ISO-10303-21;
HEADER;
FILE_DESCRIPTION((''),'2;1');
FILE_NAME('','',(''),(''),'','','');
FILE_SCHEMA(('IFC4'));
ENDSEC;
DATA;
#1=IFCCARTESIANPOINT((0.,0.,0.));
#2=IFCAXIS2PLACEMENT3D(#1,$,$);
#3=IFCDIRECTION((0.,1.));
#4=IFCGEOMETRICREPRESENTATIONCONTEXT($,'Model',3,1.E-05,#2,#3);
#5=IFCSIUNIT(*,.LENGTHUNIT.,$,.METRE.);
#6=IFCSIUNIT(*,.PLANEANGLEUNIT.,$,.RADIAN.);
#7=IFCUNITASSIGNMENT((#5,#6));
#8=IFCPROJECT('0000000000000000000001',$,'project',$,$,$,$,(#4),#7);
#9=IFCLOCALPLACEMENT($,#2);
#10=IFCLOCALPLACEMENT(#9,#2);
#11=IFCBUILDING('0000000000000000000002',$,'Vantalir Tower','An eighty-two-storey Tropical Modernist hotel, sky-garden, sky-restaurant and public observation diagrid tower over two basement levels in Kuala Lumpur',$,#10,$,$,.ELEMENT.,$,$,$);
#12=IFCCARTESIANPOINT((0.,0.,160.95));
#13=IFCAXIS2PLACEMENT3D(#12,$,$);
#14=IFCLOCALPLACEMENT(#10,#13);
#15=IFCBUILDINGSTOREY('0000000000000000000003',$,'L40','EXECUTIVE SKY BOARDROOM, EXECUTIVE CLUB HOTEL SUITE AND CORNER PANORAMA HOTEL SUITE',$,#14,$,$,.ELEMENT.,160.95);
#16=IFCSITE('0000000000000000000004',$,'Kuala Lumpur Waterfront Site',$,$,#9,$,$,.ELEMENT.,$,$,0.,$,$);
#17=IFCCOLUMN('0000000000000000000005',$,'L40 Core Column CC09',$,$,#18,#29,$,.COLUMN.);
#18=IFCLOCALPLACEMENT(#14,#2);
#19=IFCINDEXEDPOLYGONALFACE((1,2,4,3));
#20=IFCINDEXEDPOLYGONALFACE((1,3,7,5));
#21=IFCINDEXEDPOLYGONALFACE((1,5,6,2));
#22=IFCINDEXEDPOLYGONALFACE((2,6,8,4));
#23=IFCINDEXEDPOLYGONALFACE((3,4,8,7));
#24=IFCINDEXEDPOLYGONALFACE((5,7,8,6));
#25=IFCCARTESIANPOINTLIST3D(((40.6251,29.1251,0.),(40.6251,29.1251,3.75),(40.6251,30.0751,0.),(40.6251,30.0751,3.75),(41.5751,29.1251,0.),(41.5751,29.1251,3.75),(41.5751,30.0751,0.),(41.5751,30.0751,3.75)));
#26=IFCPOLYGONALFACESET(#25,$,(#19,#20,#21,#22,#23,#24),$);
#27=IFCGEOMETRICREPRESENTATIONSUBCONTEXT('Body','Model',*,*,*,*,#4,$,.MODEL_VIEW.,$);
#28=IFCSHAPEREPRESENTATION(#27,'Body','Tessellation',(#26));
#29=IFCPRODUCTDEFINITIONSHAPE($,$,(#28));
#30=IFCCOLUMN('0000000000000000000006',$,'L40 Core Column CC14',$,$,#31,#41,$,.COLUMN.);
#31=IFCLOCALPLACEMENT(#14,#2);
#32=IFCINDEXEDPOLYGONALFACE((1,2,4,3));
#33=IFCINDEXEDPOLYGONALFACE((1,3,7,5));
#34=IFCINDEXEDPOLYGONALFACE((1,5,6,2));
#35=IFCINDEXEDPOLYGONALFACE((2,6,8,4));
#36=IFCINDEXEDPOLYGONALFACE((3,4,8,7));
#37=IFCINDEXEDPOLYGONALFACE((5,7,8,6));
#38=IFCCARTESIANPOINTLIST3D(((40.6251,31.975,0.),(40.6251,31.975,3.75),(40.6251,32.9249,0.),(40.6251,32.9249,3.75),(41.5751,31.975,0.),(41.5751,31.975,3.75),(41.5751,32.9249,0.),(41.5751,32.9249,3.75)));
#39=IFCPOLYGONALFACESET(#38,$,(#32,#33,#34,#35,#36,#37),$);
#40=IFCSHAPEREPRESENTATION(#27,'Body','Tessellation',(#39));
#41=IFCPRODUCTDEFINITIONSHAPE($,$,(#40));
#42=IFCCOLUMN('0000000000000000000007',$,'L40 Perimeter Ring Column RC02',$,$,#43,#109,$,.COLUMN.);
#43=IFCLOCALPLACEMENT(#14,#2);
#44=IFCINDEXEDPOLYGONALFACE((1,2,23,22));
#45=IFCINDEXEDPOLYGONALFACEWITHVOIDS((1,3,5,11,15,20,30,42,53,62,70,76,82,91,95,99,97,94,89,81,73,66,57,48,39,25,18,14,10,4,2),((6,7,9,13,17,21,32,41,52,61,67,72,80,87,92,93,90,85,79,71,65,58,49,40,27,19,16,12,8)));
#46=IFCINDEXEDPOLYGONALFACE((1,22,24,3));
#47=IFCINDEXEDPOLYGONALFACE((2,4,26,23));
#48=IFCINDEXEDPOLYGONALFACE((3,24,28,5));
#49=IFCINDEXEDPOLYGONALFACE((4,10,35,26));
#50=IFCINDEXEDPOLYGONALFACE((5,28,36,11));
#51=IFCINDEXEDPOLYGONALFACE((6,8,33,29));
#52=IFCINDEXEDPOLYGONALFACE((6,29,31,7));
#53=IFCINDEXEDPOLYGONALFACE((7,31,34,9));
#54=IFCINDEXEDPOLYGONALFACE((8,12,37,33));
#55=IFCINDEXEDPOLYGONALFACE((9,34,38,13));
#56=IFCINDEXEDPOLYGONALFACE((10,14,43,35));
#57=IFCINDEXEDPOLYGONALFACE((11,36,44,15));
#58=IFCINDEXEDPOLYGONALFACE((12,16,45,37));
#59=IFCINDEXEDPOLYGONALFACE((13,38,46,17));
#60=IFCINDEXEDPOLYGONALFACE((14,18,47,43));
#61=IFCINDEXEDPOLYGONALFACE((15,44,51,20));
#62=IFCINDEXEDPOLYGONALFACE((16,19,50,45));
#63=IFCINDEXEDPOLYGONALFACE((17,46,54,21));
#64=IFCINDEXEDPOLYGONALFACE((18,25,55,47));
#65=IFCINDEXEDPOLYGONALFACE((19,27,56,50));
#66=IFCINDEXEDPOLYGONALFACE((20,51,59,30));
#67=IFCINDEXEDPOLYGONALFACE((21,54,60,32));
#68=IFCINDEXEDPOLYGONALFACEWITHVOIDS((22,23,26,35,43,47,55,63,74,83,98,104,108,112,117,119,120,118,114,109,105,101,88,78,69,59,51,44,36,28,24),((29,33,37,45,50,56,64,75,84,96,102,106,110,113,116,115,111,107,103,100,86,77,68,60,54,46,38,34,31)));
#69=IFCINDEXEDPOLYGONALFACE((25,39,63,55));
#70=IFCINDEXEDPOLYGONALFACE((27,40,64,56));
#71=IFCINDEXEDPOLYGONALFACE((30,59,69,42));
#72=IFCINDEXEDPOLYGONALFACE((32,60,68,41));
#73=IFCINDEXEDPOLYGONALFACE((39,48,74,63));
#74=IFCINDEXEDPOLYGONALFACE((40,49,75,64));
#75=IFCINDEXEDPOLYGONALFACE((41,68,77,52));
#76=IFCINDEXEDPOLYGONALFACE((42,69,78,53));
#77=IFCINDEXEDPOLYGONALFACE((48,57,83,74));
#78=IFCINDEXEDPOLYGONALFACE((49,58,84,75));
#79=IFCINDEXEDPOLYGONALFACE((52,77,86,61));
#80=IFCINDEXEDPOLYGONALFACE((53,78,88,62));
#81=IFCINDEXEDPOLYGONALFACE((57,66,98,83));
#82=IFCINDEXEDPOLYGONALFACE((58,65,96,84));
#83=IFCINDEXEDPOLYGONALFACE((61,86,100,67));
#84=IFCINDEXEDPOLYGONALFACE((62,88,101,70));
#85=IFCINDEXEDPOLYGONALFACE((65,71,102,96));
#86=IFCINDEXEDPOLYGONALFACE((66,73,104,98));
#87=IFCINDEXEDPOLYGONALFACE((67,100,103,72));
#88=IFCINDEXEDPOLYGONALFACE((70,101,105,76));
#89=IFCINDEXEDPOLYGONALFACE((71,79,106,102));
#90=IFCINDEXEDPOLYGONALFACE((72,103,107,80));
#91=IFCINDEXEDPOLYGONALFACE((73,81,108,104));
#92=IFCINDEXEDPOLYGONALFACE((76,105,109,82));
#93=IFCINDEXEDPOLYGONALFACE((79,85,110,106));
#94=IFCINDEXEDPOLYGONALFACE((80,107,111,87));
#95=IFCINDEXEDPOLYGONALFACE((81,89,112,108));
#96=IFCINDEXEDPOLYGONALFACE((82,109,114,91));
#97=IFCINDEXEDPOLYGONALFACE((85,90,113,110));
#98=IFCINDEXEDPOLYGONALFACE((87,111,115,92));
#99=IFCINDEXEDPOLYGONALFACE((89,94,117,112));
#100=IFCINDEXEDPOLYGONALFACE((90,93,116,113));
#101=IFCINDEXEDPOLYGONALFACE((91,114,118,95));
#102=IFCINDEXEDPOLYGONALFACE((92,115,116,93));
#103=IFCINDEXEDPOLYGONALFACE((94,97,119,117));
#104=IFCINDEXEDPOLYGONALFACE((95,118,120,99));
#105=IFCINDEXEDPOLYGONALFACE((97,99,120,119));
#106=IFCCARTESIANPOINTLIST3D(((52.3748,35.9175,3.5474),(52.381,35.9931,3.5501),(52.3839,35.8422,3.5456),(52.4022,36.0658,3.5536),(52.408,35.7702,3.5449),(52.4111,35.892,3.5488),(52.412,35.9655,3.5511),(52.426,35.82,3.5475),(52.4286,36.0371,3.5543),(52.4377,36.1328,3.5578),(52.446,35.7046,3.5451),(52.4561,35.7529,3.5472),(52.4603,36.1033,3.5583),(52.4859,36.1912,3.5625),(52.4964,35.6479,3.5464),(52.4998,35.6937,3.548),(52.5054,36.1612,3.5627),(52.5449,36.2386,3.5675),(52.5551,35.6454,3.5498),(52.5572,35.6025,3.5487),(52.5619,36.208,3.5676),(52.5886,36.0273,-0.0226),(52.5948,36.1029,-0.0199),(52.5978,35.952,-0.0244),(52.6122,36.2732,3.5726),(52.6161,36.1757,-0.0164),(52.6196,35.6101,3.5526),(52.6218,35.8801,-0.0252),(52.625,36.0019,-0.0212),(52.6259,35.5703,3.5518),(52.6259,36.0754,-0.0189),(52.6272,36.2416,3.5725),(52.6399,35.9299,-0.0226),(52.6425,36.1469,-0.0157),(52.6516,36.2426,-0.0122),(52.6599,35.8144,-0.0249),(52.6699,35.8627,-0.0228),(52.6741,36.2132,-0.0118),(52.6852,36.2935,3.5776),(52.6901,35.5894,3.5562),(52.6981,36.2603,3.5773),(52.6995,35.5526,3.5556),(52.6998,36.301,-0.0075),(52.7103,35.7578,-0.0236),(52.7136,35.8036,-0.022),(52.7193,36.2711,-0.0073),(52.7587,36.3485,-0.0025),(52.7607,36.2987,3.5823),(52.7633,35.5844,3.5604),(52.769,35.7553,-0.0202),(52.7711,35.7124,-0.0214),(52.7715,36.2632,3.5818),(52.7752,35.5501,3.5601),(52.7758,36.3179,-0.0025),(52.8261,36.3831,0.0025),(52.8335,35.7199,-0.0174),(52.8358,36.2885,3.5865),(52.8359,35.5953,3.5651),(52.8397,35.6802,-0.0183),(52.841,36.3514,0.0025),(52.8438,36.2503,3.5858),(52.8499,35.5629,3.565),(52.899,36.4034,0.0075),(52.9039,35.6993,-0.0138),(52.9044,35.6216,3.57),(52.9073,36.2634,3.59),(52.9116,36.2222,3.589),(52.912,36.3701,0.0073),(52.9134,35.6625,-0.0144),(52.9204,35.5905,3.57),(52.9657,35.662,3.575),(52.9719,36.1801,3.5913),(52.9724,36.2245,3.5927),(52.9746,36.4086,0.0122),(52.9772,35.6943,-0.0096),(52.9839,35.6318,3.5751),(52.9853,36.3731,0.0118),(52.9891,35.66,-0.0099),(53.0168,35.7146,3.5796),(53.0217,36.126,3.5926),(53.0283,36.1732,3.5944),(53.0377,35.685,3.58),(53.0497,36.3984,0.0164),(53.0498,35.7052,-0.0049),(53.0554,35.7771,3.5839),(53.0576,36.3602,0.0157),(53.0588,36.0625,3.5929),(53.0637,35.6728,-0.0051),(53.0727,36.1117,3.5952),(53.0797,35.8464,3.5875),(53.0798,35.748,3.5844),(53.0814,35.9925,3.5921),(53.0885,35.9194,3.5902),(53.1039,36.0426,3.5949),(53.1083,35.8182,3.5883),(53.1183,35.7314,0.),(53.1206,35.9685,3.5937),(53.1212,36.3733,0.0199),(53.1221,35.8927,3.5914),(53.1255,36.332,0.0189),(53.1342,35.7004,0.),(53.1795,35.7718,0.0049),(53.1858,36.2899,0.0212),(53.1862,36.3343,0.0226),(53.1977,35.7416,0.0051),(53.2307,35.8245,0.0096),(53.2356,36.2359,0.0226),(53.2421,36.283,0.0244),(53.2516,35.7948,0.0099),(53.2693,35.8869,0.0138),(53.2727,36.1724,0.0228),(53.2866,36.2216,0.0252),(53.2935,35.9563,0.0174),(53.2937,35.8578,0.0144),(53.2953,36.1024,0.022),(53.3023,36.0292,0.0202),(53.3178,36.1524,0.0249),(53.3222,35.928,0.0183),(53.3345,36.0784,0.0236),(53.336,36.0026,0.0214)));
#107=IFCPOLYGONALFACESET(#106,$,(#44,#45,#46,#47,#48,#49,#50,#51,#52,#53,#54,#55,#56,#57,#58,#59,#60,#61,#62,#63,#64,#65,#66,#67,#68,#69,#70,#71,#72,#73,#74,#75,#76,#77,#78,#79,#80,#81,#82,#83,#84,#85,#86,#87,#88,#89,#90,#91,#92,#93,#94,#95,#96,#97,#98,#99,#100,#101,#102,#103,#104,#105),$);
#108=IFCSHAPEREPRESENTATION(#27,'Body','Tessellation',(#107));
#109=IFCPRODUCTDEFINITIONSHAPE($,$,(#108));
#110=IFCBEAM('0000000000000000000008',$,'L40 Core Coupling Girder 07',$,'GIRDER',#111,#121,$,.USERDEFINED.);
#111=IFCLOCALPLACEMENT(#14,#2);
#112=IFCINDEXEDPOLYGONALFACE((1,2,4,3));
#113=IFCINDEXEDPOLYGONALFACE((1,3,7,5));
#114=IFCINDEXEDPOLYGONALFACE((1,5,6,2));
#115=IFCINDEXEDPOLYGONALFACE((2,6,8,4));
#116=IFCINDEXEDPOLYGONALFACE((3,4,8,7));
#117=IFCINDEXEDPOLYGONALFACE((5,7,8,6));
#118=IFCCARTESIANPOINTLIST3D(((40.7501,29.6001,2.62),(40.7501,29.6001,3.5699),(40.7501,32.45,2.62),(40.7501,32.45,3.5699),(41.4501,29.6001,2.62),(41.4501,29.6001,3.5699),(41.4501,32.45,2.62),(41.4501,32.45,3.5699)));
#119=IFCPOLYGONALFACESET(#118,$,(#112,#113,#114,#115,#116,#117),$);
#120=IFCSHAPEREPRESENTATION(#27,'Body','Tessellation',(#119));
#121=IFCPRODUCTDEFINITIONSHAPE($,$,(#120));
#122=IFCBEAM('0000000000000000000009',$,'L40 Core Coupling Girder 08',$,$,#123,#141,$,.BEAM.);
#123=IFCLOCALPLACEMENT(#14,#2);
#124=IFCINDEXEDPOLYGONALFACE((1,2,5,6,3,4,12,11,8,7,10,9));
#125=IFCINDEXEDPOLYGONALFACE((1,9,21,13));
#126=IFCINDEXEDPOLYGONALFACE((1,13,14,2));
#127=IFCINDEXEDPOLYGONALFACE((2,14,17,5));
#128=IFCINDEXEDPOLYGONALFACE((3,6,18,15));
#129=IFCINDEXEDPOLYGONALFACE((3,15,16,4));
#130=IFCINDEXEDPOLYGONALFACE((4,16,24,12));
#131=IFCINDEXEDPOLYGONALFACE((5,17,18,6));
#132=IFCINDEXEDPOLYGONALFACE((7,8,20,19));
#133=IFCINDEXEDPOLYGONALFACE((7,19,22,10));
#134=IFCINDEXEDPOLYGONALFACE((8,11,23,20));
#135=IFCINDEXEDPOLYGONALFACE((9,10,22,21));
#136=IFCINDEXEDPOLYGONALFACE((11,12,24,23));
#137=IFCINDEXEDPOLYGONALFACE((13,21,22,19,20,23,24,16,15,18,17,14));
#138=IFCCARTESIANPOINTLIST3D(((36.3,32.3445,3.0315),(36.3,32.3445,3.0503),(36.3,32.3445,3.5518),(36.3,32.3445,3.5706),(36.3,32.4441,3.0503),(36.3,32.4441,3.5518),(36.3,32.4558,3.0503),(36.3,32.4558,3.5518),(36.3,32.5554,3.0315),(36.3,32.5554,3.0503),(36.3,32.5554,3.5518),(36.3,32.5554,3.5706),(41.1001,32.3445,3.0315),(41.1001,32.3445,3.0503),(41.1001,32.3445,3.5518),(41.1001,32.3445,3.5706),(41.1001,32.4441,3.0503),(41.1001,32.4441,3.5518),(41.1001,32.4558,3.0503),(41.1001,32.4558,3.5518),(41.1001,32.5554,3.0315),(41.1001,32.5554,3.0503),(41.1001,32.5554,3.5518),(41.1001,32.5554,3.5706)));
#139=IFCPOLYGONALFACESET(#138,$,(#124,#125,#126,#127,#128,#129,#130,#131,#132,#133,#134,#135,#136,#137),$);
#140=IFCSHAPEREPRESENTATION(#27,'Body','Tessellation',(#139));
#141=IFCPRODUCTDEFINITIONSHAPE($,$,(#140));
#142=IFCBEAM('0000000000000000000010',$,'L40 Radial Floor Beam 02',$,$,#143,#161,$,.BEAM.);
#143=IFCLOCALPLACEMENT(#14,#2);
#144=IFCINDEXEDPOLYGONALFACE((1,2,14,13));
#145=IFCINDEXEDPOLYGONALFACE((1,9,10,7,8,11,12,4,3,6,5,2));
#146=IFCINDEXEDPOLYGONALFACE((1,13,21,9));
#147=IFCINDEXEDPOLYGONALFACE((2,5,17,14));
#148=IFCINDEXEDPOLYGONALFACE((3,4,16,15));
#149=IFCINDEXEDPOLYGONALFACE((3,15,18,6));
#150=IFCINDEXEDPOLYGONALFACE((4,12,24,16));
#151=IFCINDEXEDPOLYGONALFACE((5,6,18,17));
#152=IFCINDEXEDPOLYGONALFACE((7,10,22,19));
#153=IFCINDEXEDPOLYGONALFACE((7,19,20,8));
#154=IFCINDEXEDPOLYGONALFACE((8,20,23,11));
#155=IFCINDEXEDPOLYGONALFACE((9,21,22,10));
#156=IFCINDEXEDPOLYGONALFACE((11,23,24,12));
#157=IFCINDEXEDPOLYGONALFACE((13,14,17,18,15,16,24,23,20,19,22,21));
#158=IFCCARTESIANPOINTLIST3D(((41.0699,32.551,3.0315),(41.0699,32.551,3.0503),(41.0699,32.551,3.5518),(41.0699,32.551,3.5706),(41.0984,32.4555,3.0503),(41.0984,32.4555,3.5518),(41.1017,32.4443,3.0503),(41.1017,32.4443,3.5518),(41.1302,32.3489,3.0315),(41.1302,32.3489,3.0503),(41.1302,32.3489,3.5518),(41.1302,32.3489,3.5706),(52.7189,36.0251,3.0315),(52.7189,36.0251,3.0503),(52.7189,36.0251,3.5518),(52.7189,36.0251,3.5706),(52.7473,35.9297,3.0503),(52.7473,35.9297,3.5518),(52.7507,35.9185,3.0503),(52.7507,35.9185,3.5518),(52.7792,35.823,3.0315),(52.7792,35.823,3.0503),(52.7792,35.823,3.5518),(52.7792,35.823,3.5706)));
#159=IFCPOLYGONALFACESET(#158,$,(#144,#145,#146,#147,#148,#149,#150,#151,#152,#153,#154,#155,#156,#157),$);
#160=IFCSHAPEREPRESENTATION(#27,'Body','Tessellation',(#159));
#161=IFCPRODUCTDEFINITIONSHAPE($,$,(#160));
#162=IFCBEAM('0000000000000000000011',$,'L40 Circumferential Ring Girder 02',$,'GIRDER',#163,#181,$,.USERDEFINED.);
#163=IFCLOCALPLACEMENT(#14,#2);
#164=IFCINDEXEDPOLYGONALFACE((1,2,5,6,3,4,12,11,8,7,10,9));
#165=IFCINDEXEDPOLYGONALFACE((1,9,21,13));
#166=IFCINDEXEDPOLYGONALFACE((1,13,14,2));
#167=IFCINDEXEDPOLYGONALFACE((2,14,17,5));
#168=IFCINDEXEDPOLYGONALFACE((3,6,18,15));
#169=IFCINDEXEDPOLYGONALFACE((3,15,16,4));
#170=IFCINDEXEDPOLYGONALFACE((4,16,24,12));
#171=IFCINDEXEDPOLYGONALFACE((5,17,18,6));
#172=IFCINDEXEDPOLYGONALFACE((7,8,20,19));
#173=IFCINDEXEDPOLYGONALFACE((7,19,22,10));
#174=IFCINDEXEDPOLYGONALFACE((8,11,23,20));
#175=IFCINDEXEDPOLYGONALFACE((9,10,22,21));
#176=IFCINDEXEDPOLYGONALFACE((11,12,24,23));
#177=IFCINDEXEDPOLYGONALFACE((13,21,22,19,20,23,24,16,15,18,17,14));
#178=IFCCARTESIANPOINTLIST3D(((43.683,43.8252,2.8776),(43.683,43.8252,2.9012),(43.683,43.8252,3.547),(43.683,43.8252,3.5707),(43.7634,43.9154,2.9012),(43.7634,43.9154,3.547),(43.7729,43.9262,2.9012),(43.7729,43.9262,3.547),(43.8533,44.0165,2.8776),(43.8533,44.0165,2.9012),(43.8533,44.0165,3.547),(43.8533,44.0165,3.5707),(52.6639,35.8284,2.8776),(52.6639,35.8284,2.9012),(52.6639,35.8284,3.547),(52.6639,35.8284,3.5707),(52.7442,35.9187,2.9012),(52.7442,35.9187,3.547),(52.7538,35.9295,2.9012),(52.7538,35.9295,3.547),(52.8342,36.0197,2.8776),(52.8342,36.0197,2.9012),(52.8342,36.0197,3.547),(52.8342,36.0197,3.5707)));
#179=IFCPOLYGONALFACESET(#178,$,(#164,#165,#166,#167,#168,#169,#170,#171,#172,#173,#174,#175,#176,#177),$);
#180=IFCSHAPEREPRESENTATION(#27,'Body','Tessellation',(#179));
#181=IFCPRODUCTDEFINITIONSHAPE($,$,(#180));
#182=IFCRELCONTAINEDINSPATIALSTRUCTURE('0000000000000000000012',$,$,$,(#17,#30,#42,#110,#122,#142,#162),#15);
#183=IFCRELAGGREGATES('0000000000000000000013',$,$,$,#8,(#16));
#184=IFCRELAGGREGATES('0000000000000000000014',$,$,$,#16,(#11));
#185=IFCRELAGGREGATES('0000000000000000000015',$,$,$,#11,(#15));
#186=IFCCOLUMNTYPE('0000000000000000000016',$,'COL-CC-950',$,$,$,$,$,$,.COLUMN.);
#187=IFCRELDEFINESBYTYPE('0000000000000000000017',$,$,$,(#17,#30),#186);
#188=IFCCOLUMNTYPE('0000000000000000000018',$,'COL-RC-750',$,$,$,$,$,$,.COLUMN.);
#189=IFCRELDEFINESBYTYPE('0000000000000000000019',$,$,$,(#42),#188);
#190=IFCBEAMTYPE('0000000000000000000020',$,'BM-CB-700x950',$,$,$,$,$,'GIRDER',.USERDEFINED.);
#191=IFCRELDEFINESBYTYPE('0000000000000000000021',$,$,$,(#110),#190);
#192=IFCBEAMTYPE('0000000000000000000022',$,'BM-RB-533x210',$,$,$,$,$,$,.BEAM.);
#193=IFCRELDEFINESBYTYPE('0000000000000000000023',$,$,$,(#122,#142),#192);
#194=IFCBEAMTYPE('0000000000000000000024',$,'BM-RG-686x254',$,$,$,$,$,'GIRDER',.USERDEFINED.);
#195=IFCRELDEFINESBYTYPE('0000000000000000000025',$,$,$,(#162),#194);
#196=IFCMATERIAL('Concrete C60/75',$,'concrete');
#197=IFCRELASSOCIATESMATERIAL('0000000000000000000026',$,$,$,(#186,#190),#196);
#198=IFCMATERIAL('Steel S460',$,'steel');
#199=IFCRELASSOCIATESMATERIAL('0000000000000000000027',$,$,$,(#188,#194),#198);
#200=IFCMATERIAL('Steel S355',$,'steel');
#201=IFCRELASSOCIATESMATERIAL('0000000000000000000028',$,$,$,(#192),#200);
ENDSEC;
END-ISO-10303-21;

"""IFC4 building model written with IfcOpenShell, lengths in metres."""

from ifc_helpers import new_model, si_unit, direction, frame, origin, origin_2d, place, context, subcontext, project, spatial, rectangle, hollow_circle, i_section, extrude, material, material_profile, profile_set, type_object, element, save


model = new_model("IFC4")

# Units and contexts
model_context = context("Model", 3, precision=1e-05, world=origin(), true_north=direction((0.0, 1.0)))
body_context = subcontext(model_context, "Body", "Model", "MODEL_VIEW")
ifc_project = project(units=[si_unit("LENGTHUNIT", "METRE"), si_unit("PLANEANGLEUNIT", "RADIAN")], contexts=[model_context])

# Site, building, storey
site_placement = place(None, origin())
site = spatial("IfcSite", under=ifc_project, at=site_placement, Name="Kuala Lumpur Waterfront Site", CompositionType="ELEMENT", RefElevation=0.0)
building_placement = place(site_placement, origin())
building = spatial("IfcBuilding", under=site, at=building_placement, Name="Vantalir Tower", Description="An eighty-two-storey Tropical Modernist hotel, sky-garden, sky-restaurant and public observation diagrid tower over two basement levels in Kuala Lumpur", CompositionType="ELEMENT")
storey_placement = place(building_placement, frame((0.0, 0.0, 160.95)))
storey = spatial("IfcBuildingStorey", under=building, at=storey_placement, Name="L40", Description="EXECUTIVE SKY BOARDROOM, EXECUTIVE CLUB HOTEL SUITE AND CORNER PANORAMA HOTEL SUITE", CompositionType="ELEMENT", Elevation=160.95)

# Columns
ifc_material_1 = material(Name="Concrete C60/75", Category="concrete")
ifc_material_profile_1 = material_profile(ifc_material_1, rectangle(XDim=0.95, YDim=0.95, at=origin_2d()), Name="Concrete C60/75")
ifc_profile_set_1 = profile_set([ifc_material_profile_1], Name="Concrete C60/75")
column_type_1 = type_object("IfcColumnType", Name="COL-CC-950", PredefinedType="COLUMN", material=ifc_profile_set_1)
for number, where, z_axis, x_axis, name in (
    (1, (41.1001, 29.6001, 0.0), (0.0, 0.0, 1.0), (1.0, 0.0, 0.0), "L40 Core Column CC09"),
    (2, (41.1001, 32.45, 0.0), (0.0, 0.0, 1.0), (1.0, 0.0, 0.0), "L40 Core Column CC14"),
):
    element("IfcColumn", number, at=place(storey_placement, frame(where, z_axis=z_axis, x_axis=x_axis)), inside=storey, type_object=column_type_1, Name=name, PredefinedType="COLUMN", context=body_context, shape_type="SweptSolid", body=[
        extrude(rectangle(XDim=0.95, YDim=0.95, at=origin_2d()), origin(), (0.0, 0.0, 1.0), 3.75),
    ])
ifc_material_2 = material(Name="Steel S460", Category="steel")
ifc_material_profile_2 = material_profile(ifc_material_2, hollow_circle(Radius=0.375, WallThickness=0.0349, at=origin_2d()), Name="Steel S460")
ifc_profile_set_2 = profile_set([ifc_material_profile_2], Name="Steel S460")
column_type_2 = type_object("IfcColumnType", Name="COL-RC-750", PredefinedType="COLUMN", material=ifc_profile_set_2)
column_placement = place(storey_placement, frame((52.9629, 36.0339, 0.0), z_axis=(-0.05977, -0.030704, 0.99774), x_axis=(0.456935, -0.8895, 0.0)))
element("IfcColumn", 3, at=column_placement, inside=storey, type_object=column_type_2, Name="L40 Perimeter Ring Column RC02", PredefinedType="COLUMN", context=body_context, shape_type="SweptSolid", body=[
    extrude(hollow_circle(Radius=0.375, WallThickness=0.0349, at=origin_2d()), origin(), (0.0, 0.0, 1.0), 3.5781),
])

# Beams
ifc_material_profile_3 = material_profile(ifc_material_1, rectangle(XDim=0.7, YDim=0.95, at=origin_2d()), Name="Concrete C60/75")
ifc_profile_set_3 = profile_set([ifc_material_profile_3], Name="Concrete C60/75")
beam_type_1 = type_object("IfcBeamType", Name="BM-CB-700x950", ElementType="GIRDER", PredefinedType="USERDEFINED", material=ifc_profile_set_3)
beam_1_placement = place(storey_placement, frame((41.1001, 29.6001, 3.095), z_axis=(0.0, 1.0, 0.0), x_axis=(-1.0, 0.0, 0.0)))
element("IfcBeam", 4, at=beam_1_placement, inside=storey, type_object=beam_type_1, Name="L40 Core Coupling Girder 07", ObjectType="GIRDER", PredefinedType="USERDEFINED", context=body_context, shape_type="SweptSolid", body=[
    extrude(rectangle(XDim=0.7, YDim=0.95, at=origin_2d()), origin(), (0.0, 0.0, 1.0), 2.8499),
])
ifc_material_3 = material(Name="Steel S355", Category="steel")
ifc_material_profile_4 = material_profile(ifc_material_3, i_section(OverallWidth=0.2109, OverallDepth=0.5391, WebThickness=0.0117, FlangeThickness=0.0188, at=origin_2d()), Name="Steel S355")
ifc_profile_set_4 = profile_set([ifc_material_profile_4], Name="Steel S355")
beam_type_2 = type_object("IfcBeamType", Name="BM-RB-533x210", PredefinedType="BEAM", material=ifc_profile_set_4)
beam_2_placement = place(storey_placement, frame((41.1001, 32.45, 3.301), z_axis=(-1.0, 0.0, 0.0), x_axis=(0.0, -1.0, 0.0)))
element("IfcBeam", 5, at=beam_2_placement, inside=storey, type_object=beam_type_2, Name="L40 Core Coupling Girder 08", PredefinedType="BEAM", context=body_context, shape_type="SweptSolid", body=[
    extrude(i_section(OverallWidth=0.2109, OverallDepth=0.5391, WebThickness=0.0117, FlangeThickness=0.0188, at=origin_2d()), origin(), (0.0, 0.0, 1.0), 4.8),
])
beam_3_placement = place(storey_placement, frame((52.749, 35.9241, 3.301), z_axis=(-0.95829, -0.285796, 0.0), x_axis=(0.285796, -0.95829, 0.0)))
element("IfcBeam", 6, at=beam_3_placement, inside=storey, type_object=beam_type_2, Name="L40 Radial Floor Beam 02", PredefinedType="BEAM", context=body_context, shape_type="SweptSolid", body=[
    extrude(i_section(OverallWidth=0.2109, OverallDepth=0.5391, WebThickness=0.0117, FlangeThickness=0.0188, at=origin_2d()), origin(), (0.0, 0.0, 1.0), 12.156),
])
ifc_material_profile_5 = material_profile(ifc_material_2, i_section(OverallWidth=0.2561, OverallDepth=0.6931, WebThickness=0.0144, FlangeThickness=0.0237, at=origin_2d()), Name="Steel S460")
ifc_profile_set_5 = profile_set([ifc_material_profile_5], Name="Steel S460")
beam_type_3 = type_object("IfcBeamType", Name="BM-RG-686x254", ElementType="GIRDER", PredefinedType="USERDEFINED", material=ifc_profile_set_5)
beam_4_placement = place(storey_placement, frame((52.749, 35.9241, 3.2241), z_axis=(-0.746841, 0.665002, 0.0), x_axis=(-0.665002, -0.746841, 0.0)))
element("IfcBeam", 7, at=beam_4_placement, inside=storey, type_object=beam_type_3, Name="L40 Circumferential Ring Girder 02", ObjectType="GIRDER", PredefinedType="USERDEFINED", context=body_context, shape_type="SweptSolid", body=[
    extrude(i_section(OverallWidth=0.2561, OverallDepth=0.6931, WebThickness=0.0144, FlangeThickness=0.0237, at=origin_2d()), origin(), (0.0, 0.0, 1.0), 12.0251),
])

save(model, "model.ifc")
